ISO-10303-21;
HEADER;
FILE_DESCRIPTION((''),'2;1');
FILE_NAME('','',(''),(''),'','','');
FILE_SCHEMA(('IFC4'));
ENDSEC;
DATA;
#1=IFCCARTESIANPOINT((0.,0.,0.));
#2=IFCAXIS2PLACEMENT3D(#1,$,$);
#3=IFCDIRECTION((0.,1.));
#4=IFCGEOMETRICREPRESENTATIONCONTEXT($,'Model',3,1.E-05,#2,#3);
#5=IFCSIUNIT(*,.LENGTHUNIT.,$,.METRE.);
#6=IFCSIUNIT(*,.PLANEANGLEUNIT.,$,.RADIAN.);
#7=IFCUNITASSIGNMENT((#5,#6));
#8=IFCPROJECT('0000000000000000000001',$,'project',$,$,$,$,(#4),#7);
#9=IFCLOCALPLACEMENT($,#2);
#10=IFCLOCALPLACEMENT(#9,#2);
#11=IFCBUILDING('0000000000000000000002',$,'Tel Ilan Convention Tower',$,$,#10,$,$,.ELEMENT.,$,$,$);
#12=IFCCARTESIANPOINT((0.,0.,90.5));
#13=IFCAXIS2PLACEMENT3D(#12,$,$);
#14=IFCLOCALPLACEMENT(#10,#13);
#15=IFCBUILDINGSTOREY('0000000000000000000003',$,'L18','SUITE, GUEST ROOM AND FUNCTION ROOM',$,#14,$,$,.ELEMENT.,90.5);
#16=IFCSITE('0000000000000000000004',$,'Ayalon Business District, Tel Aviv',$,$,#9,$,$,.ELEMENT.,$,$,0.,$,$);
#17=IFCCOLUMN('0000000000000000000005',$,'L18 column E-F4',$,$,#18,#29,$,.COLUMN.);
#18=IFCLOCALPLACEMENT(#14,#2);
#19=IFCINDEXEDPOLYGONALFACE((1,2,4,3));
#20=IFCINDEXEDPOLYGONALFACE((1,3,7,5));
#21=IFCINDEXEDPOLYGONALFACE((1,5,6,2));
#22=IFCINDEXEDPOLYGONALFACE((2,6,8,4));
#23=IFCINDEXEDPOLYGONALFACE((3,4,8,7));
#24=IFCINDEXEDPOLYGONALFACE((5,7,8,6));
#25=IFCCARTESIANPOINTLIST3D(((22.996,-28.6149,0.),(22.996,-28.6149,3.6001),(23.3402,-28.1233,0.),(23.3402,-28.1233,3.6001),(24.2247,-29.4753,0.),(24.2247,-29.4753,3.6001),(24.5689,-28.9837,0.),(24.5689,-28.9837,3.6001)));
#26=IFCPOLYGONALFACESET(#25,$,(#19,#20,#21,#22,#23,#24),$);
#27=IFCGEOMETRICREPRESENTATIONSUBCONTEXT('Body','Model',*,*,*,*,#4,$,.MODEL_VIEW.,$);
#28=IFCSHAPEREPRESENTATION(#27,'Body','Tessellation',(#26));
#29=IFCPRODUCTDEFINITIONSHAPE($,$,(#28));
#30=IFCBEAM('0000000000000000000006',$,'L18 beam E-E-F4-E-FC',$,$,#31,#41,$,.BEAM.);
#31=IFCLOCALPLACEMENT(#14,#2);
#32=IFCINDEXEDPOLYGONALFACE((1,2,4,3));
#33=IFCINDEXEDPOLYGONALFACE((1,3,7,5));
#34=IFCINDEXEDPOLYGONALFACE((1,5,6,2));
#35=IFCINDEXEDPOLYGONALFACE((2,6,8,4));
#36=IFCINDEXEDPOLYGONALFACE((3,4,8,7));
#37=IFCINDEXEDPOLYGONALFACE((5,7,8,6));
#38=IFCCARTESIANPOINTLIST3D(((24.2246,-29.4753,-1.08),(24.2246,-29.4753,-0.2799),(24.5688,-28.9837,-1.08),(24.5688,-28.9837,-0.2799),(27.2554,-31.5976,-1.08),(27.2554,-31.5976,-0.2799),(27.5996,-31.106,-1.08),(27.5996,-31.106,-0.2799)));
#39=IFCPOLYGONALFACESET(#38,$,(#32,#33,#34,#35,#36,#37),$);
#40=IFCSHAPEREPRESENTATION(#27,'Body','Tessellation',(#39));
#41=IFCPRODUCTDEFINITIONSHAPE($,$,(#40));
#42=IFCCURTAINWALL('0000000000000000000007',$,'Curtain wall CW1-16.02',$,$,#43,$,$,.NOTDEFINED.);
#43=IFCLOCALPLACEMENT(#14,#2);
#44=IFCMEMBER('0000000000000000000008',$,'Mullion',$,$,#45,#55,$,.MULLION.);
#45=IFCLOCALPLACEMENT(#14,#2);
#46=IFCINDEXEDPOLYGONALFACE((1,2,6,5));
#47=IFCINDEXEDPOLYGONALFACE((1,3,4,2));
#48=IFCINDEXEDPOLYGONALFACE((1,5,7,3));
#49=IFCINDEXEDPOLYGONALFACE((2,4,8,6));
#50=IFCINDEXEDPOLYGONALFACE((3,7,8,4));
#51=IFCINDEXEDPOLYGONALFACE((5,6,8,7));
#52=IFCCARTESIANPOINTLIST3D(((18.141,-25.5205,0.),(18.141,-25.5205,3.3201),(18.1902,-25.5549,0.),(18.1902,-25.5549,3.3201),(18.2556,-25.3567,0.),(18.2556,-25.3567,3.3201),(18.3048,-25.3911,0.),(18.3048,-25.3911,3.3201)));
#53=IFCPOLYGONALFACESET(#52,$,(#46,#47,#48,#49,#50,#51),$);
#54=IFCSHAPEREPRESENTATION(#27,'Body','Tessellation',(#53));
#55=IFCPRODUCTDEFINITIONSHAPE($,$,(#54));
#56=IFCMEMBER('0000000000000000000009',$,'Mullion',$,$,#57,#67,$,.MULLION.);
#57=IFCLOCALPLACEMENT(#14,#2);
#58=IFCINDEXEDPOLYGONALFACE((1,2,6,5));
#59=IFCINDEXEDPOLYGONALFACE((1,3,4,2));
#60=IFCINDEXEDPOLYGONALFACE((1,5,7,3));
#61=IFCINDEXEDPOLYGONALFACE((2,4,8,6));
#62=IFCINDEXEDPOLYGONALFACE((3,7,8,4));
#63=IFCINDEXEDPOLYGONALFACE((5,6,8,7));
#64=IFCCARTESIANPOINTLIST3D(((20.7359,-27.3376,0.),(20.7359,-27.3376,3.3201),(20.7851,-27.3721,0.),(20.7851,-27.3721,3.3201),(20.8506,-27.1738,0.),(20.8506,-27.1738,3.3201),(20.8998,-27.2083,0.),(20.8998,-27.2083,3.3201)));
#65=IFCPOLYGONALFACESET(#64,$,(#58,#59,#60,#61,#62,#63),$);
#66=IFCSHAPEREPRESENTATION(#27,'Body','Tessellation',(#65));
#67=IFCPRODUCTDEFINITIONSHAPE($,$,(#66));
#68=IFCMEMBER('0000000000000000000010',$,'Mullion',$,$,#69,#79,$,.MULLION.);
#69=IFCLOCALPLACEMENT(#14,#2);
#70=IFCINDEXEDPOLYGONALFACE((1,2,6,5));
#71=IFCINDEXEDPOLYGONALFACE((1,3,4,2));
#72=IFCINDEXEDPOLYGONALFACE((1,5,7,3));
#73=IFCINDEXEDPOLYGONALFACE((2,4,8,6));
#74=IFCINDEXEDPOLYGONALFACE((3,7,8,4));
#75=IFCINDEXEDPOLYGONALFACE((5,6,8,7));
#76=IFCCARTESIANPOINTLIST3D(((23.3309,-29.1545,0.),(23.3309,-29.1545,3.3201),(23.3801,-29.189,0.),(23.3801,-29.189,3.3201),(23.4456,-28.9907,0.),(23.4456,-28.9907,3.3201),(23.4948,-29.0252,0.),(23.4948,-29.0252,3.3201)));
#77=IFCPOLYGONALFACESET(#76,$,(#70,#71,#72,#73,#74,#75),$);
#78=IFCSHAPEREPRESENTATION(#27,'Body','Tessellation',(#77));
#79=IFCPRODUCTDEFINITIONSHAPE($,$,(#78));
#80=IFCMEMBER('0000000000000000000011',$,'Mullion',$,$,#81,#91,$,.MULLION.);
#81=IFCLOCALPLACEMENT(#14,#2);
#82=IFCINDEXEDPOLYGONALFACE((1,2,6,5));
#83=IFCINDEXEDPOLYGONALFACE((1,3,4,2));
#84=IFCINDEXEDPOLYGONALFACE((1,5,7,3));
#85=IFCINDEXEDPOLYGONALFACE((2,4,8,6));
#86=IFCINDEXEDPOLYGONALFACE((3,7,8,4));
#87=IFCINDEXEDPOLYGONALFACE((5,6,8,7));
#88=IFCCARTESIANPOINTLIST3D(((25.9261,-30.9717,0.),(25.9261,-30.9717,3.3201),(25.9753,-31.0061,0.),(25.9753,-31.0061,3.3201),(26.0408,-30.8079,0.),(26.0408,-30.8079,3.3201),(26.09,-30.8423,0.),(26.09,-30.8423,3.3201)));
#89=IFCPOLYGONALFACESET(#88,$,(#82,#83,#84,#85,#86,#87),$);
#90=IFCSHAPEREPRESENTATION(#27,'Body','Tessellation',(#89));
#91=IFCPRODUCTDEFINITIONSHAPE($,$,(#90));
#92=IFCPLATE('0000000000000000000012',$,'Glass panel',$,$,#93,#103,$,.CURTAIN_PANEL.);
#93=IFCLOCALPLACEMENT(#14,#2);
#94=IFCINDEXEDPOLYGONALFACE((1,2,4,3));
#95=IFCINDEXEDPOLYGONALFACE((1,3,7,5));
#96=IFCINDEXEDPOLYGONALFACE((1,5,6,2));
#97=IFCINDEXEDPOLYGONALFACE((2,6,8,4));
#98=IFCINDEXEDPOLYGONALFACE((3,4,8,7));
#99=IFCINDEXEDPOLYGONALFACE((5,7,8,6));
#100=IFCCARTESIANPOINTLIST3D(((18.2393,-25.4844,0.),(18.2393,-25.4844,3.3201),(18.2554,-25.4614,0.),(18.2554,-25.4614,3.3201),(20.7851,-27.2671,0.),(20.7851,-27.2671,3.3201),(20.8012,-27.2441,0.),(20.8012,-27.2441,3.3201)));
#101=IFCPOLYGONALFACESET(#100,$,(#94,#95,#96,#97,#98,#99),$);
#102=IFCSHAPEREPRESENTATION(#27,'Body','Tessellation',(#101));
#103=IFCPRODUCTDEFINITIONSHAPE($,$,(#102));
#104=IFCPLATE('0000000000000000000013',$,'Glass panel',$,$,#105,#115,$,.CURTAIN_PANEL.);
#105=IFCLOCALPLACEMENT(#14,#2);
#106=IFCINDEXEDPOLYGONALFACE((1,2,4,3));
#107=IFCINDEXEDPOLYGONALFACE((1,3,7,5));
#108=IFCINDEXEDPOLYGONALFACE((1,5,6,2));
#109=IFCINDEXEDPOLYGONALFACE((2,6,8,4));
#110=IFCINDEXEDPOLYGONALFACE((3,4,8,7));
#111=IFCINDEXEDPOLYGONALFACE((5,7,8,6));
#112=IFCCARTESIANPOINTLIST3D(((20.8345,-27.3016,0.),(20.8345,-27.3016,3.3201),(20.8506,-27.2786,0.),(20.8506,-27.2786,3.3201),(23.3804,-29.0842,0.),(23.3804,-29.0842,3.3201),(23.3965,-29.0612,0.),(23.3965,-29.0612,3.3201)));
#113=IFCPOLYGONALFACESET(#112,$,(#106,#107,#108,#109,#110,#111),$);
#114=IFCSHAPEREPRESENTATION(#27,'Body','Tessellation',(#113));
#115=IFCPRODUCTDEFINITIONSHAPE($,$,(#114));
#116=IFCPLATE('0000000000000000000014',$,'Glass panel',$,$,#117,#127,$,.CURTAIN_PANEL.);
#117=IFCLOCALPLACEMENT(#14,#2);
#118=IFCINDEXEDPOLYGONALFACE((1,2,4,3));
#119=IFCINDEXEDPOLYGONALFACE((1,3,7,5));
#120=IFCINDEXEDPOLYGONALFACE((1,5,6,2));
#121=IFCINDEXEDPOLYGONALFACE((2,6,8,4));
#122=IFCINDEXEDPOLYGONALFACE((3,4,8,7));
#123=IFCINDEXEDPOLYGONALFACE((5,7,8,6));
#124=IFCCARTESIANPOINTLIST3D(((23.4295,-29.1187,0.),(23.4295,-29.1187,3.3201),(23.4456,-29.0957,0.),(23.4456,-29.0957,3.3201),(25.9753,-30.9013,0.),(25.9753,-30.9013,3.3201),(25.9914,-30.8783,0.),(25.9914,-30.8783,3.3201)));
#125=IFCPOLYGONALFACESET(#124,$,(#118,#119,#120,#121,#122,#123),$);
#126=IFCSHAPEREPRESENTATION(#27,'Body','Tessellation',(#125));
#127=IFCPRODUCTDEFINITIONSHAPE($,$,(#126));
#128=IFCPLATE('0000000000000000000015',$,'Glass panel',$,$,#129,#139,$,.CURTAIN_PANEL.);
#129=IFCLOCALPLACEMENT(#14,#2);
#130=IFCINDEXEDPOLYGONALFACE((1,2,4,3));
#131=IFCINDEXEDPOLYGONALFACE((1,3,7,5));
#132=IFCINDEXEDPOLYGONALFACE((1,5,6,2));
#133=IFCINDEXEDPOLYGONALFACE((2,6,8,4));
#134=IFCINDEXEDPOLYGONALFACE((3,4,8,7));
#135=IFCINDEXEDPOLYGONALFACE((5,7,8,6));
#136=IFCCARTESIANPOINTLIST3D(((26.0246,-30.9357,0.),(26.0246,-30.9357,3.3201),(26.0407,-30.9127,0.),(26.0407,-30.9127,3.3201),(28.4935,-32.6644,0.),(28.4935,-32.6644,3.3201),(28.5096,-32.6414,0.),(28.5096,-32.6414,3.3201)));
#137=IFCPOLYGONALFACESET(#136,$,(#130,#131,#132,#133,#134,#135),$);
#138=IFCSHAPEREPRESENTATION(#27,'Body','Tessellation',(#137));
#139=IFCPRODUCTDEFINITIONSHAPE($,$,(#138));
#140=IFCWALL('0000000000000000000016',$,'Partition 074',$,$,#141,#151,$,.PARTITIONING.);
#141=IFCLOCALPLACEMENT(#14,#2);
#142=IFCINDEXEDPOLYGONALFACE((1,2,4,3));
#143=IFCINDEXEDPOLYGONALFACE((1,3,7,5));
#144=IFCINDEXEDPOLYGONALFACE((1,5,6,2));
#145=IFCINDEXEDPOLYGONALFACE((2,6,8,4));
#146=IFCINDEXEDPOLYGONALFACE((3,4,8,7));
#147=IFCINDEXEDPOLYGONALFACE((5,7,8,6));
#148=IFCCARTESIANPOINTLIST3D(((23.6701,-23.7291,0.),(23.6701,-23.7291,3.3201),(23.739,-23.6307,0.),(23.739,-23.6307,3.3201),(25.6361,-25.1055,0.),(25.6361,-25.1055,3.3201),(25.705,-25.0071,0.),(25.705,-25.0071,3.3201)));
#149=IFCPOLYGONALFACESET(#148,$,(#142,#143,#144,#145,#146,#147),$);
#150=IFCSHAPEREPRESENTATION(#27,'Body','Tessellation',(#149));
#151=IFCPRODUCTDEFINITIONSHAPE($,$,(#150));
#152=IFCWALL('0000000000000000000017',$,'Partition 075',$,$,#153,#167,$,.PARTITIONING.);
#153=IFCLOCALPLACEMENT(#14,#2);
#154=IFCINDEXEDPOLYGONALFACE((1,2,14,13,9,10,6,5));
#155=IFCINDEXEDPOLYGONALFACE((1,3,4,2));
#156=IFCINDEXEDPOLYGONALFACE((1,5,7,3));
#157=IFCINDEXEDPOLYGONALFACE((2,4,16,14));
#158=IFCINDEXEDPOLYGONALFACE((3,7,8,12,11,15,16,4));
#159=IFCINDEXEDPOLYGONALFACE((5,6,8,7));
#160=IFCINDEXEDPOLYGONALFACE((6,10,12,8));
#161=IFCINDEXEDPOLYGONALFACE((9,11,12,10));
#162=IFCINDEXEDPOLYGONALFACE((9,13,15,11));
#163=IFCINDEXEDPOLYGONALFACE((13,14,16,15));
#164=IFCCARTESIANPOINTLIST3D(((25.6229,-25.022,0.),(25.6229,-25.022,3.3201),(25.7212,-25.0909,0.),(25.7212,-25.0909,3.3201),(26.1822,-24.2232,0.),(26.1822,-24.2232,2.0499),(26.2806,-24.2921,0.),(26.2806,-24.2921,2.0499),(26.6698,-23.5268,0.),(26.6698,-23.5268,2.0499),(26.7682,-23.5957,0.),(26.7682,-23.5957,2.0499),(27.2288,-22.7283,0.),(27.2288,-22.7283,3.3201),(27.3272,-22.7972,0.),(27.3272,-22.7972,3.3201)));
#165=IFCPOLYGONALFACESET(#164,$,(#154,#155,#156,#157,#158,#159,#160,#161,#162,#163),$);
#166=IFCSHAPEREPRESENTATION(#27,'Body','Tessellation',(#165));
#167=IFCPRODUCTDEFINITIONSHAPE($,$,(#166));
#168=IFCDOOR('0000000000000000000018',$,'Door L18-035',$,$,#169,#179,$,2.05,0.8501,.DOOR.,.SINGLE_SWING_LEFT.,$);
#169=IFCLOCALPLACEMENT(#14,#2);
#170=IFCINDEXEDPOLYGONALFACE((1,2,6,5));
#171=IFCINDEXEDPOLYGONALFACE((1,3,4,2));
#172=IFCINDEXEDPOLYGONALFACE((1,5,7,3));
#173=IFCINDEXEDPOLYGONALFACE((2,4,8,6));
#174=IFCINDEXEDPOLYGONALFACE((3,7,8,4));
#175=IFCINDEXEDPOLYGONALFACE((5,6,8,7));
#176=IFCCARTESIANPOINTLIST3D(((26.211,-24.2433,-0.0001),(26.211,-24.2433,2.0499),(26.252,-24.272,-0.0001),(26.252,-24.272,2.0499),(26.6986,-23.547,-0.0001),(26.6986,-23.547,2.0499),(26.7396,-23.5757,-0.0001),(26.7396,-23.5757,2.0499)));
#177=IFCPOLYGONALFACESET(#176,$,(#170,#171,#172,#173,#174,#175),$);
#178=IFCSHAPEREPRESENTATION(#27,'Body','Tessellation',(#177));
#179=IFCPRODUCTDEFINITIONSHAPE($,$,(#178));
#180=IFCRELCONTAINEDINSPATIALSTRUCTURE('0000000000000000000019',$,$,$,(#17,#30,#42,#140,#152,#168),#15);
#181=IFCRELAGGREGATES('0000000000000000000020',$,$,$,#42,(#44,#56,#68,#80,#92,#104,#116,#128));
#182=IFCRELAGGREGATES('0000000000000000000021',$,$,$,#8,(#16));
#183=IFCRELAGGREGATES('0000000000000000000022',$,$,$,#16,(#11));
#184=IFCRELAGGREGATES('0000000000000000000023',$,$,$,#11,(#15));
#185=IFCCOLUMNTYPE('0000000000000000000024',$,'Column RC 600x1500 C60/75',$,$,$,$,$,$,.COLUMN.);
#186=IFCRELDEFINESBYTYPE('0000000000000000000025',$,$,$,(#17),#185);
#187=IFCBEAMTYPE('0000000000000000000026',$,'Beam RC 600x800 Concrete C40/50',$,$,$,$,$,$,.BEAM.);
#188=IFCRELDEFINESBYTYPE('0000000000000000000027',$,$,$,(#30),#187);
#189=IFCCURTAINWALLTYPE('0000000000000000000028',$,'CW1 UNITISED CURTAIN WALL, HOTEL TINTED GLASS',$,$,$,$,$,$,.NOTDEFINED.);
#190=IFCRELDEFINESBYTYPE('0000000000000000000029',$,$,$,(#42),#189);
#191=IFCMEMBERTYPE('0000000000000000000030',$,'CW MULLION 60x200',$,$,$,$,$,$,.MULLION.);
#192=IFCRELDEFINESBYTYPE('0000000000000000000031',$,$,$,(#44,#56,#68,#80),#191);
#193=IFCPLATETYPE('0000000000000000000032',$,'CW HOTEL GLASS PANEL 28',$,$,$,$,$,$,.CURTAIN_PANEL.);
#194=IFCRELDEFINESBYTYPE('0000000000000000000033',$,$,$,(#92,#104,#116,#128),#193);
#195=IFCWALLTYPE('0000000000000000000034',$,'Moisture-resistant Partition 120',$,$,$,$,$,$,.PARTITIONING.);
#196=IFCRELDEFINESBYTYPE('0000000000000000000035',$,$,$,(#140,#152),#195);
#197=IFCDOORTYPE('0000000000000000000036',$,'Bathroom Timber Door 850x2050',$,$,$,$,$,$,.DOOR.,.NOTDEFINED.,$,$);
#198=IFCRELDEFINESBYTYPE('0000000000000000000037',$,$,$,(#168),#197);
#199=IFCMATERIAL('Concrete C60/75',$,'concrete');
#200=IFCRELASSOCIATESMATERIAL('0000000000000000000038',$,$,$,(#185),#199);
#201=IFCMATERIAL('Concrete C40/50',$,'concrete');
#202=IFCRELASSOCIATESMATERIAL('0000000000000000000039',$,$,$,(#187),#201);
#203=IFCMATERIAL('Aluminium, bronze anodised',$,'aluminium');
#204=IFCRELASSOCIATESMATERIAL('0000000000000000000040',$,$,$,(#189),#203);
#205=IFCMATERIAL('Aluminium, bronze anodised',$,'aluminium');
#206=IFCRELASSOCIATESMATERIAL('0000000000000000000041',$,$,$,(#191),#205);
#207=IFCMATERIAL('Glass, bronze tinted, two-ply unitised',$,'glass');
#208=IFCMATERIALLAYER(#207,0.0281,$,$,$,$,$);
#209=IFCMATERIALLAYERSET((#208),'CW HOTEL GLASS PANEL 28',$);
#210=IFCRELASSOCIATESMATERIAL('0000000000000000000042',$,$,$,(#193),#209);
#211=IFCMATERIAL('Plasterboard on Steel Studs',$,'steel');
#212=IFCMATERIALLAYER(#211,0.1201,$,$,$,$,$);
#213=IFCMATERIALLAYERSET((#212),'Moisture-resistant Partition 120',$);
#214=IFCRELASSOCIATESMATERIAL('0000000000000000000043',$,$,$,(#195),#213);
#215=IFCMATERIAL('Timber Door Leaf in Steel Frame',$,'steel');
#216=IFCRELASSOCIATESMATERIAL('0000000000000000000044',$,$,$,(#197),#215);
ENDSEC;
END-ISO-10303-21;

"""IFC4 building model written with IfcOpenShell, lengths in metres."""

from ifc_helpers import new_model, si_unit, direction, frame, frame_2d, origin, origin_2d, place, context, subcontext, project, spatial, rectangle, extrude, material, layer, layer_set, material_profile, profile_set, type_object, element, fill, aggregate, save


model = new_model("IFC4")

# Units and contexts
model_context = context("Model", 3, precision=1e-05, world=origin(), true_north=direction((0.0, 1.0)))
body_context = subcontext(model_context, "Body", "Model", "MODEL_VIEW")
ifc_project = project(units=[si_unit("LENGTHUNIT", "METRE"), si_unit("PLANEANGLEUNIT", "RADIAN")], contexts=[model_context])

# Site, building, storey
site_placement = place(None, origin())
site = spatial("IfcSite", under=ifc_project, at=site_placement, Name="Ayalon Business District, Tel Aviv", CompositionType="ELEMENT", RefElevation=0.0)
building_placement = place(site_placement, origin())
building = spatial("IfcBuilding", under=site, at=building_placement, Name="Tel Ilan Convention Tower", CompositionType="ELEMENT")
storey_placement = place(building_placement, frame((0.0, 0.0, 90.5)))
storey = spatial("IfcBuildingStorey", under=building, at=storey_placement, Name="L18", Description="SUITE, GUEST ROOM AND FUNCTION ROOM", CompositionType="ELEMENT", Elevation=90.5)

# Column
ifc_material_1 = material(Name="Concrete C60/75", Category="concrete")
ifc_material_profile_1 = material_profile(ifc_material_1, rectangle(XDim=1.5, YDim=0.6001, at=origin_2d()), Name="RC 600x1500")
ifc_profile_set_1 = profile_set([ifc_material_profile_1], Name="Concrete C60/75")
column_type = type_object("IfcColumnType", Name="Column RC 600x1500 C60/75", PredefinedType="COLUMN", material=ifc_profile_set_1)
column_placement = place(storey_placement, frame((23.7825, -28.7993, 0.0), z_axis=(0.0, 0.0, 1.0), x_axis=(0.819152, -0.573576, 0.0)))
element("IfcColumn", 1, at=column_placement, inside=storey, type_object=column_type, Name="L18 column E-F4", PredefinedType="COLUMN", context=body_context, shape_type="SweptSolid", body=[
    extrude(rectangle(XDim=1.5, YDim=0.6001, at=origin_2d()), origin(), (0.0, 0.0, 1.0), 3.6001),
])

# Beam
ifc_material_2 = material(Name="Concrete C40/50", Category="concrete")
ifc_material_profile_2 = material_profile(ifc_material_2, rectangle(XDim=0.6001, YDim=0.8, at=origin_2d()), Name="RC 600x800")
ifc_profile_set_2 = profile_set([ifc_material_profile_2], Name="Concrete C40/50")
beam_type = type_object("IfcBeamType", Name="Beam RC 600x800 Concrete C40/50", PredefinedType="BEAM", material=ifc_profile_set_2)
beam_placement = place(storey_placement, frame((24.3967, -29.2295, -0.6799), z_axis=(0.819133, -0.573604, 0.0), x_axis=(0.573604, 0.819133, 0.0)))
element("IfcBeam", 2, at=beam_placement, inside=storey, type_object=beam_type, Name="L18 beam E-E-F4-E-FC", PredefinedType="BEAM", context=body_context, shape_type="SweptSolid", body=[
    extrude(rectangle(XDim=0.6001, YDim=0.8, at=origin_2d()), origin(), (0.0, 0.0, 1.0), 3.7),
])

# Curtain wall, members, plates
ifc_material_3 = material(Name="Aluminium, bronze anodised", Category="aluminium")
curtain_wall_type = type_object("IfcCurtainWallType", Name="CW1 UNITISED CURTAIN WALL, HOTEL TINTED GLASS", PredefinedType="NOTDEFINED", material=ifc_material_3)
curtain_wall_placement = place(storey_placement, origin())
curtain_wall = element("IfcCurtainWall", 3, at=curtain_wall_placement, inside=storey, type_object=curtain_wall_type, Name="Curtain wall CW1-16.02", PredefinedType="NOTDEFINED")
ifc_material_4 = material(Name="Aluminium, bronze anodised", Category="aluminium")
ifc_material_profile_3 = material_profile(ifc_material_4, rectangle(XDim=0.0601, YDim=0.2, at=origin_2d()), Name="CW MULLION 60x200")
ifc_profile_set_3 = profile_set([ifc_material_profile_3], Name="Aluminium, bronze anodised")
member_type = type_object("IfcMemberType", Name="CW MULLION 60x200", PredefinedType="MULLION", material=ifc_profile_set_3)
member_1_placement = place(storey_placement, frame((18.2229, -25.4558, 0.0), z_axis=(0.0, 0.0, 1.0), x_axis=(0.819152, -0.573576, 0.0)))
member_1 = element("IfcMember", 4, at=member_1_placement, type_object=member_type, Name="Mullion", PredefinedType="MULLION", context=body_context, shape_type="SweptSolid", body=[
    extrude(rectangle(XDim=0.0601, YDim=0.2, at=origin_2d()), origin(), (0.0, 0.0, 1.0), 3.3201),
])
member_2_placement = place(storey_placement, frame((20.8179, -27.2729, 0.0), z_axis=(0.0, 0.0, 1.0), x_axis=(0.819152, -0.573576, 0.0)))
member_2 = element("IfcMember", 5, at=member_2_placement, type_object=member_type, Name="Mullion", PredefinedType="MULLION", context=body_context, shape_type="SweptSolid", body=[
    extrude(rectangle(XDim=0.0601, YDim=0.2, at=origin_2d()), origin(), (0.0, 0.0, 1.0), 3.3201),
])
member_3_placement = place(storey_placement, frame((23.4128, -29.0898, 0.0), z_axis=(0.0, 0.0, 1.0), x_axis=(0.819152, -0.573576, 0.0)))
member_3 = element("IfcMember", 6, at=member_3_placement, type_object=member_type, Name="Mullion", PredefinedType="MULLION", context=body_context, shape_type="SweptSolid", body=[
    extrude(rectangle(XDim=0.0601, YDim=0.2, at=origin_2d()), origin(), (0.0, 0.0, 1.0), 3.3201),
])
member_4_placement = place(storey_placement, frame((26.0081, -30.907, 0.0), z_axis=(0.0, 0.0, 1.0), x_axis=(0.819152, -0.573576, 0.0)))
member_4 = element("IfcMember", 7, at=member_4_placement, type_object=member_type, Name="Mullion", PredefinedType="MULLION", context=body_context, shape_type="SweptSolid", body=[
    extrude(rectangle(XDim=0.0601, YDim=0.2, at=origin_2d()), origin(), (0.0, 0.0, 1.0), 3.3201),
])
ifc_material_5 = material(Name="Glass, bronze tinted, two-ply unitised", Category="glass")
ifc_layer_1 = layer(ifc_material_5, 0.0281)
ifc_layer_set_1 = layer_set([ifc_layer_1], Name="CW HOTEL GLASS PANEL 28")
plate_type = type_object("IfcPlateType", Name="CW HOTEL GLASS PANEL 28", PredefinedType="CURTAIN_PANEL", material=ifc_layer_set_1)
plate_1_placement = place(storey_placement, frame((19.5203, -26.3643, 0.0), z_axis=(0.0, 0.0, 1.0), x_axis=(0.819152, -0.573576, 0.0)))
plate_1 = element("IfcPlate", 8, at=plate_1_placement, type_object=plate_type, Name="Glass panel", PredefinedType="CURTAIN_PANEL", context=body_context, shape_type="SweptSolid", body=[
    extrude(rectangle(XDim=3.1079, YDim=0.0281, at=origin_2d()), origin(), (0.0, 0.0, 1.0), 3.3201),
])
plate_2_placement = place(storey_placement, frame((22.1155, -28.1814, 0.0), z_axis=(0.0, 0.0, 1.0), x_axis=(0.819152, -0.573576, 0.0)))
plate_2 = element("IfcPlate", 9, at=plate_2_placement, type_object=plate_type, Name="Glass panel", PredefinedType="CURTAIN_PANEL", context=body_context, shape_type="SweptSolid", body=[
    extrude(rectangle(XDim=3.1079, YDim=0.0281, at=origin_2d()), origin(), (0.0, 0.0, 1.0), 3.3201),
])
plate_3_placement = place(storey_placement, frame((24.7104, -29.9985, 0.0), z_axis=(0.0, 0.0, 1.0), x_axis=(0.819152, -0.573576, 0.0)))
plate_3 = element("IfcPlate", 10, at=plate_3_placement, type_object=plate_type, Name="Glass panel", PredefinedType="CURTAIN_PANEL", context=body_context, shape_type="SweptSolid", body=[
    extrude(rectangle(XDim=3.1079, YDim=0.0281, at=origin_2d()), origin(), (0.0, 0.0, 1.0), 3.3201),
])
plate_4_placement = place(storey_placement, frame((27.2671, -31.7886, 0.0), z_axis=(0.0, 0.0, 1.0), x_axis=(0.819152, -0.573576, 0.0)))
plate_4 = element("IfcPlate", 11, at=plate_4_placement, type_object=plate_type, Name="Glass panel", PredefinedType="CURTAIN_PANEL", context=body_context, shape_type="SweptSolid", body=[
    extrude(rectangle(XDim=3.0139, YDim=0.0281, at=origin_2d()), origin(), (0.0, 0.0, 1.0), 3.3201),
])
aggregate(curtain_wall, [member_1, member_2, member_3, member_4, plate_1, plate_2, plate_3, plate_4])

# Wall
ifc_material_6 = material(Name="Plasterboard on Steel Studs", Category="steel")
ifc_layer_2 = layer(ifc_material_6, 0.1201)
ifc_layer_set_2 = layer_set([ifc_layer_2], Name="Moisture-resistant Partition 120")
wall_type = type_object("IfcWallType", Name="Moisture-resistant Partition 120", PredefinedType="PARTITIONING", material=ifc_layer_set_2)
wall_1_placement = place(storey_placement, frame((23.7046, -23.6799, 0.0), z_axis=(0.0, 0.0, 1.0), x_axis=(0.819189, -0.573524, 0.0)))
element("IfcWall", 12, at=wall_1_placement, inside=storey, type_object=wall_type, Name="Partition 074", PredefinedType="PARTITIONING", context=body_context, shape_type="SweptSolid", body=[
    extrude(rectangle(XDim=2.3999, YDim=0.1201, at=frame_2d((1.2, 0.0))), origin(), (0.0, 0.0, 1.0), 3.3201),
])

# Wall, opening, door
wall_2_placement = place(storey_placement, frame((25.6721, -25.0564, 0.0), z_axis=(0.0, 0.0, 1.0), x_axis=(0.57355, 0.81917, 0.0)))
wall_2 = element("IfcWall", 13, at=wall_2_placement, inside=storey, type_object=wall_type, Name="Partition 075", PredefinedType="PARTITIONING", context=body_context, shape_type="SweptSolid", body=[
    extrude(rectangle(XDim=2.8, YDim=0.1201, at=frame_2d((1.3999, 0.0))), origin(), (0.0, 0.0, 1.0), 3.3201),
])
opening_placement = place(wall_2_placement, frame((0.9751, 0.0, 0.0)))
opening = element("IfcOpeningElement", 14, at=opening_placement, cuts=wall_2, PredefinedType="OPENING", context=body_context, shape_type="SweptSolid", body=[
    extrude(rectangle(XDim=0.8501, YDim=2.05, at=frame_2d((0.425, 1.0249))), frame((0.0, 0.0701, 0.0), z_axis=(0.0, -1.0, 0.0), x_axis=(1.0, 0.0, 0.0)), (0.0, 0.0, 1.0), 0.1401),
])
ifc_material_7 = material(Name="Timber Door Leaf in Steel Frame", Category="steel")
door_type = type_object("IfcDoorType", Name="Bathroom Timber Door 850x2050", OperationType="NOTDEFINED", PredefinedType="DOOR", material=ifc_material_7)
door_placement = place(opening_placement, origin())
door = element("IfcDoor", 15, at=door_placement, inside=storey, type_object=door_type, Name="Door L18-035", OperationType="SINGLE_SWING_LEFT", OverallHeight=2.05, OverallWidth=0.8501, PredefinedType="DOOR", context=body_context, shape_type="SweptSolid", body=[
    extrude(rectangle(XDim=0.8501, YDim=2.05, at=frame_2d((0.425, 1.0249))), frame((0.0, 0.0249, 0.0), z_axis=(0.0, -1.0, 0.0), x_axis=(1.0, 0.0, 0.0)), (0.0, 0.0, 1.0), 0.05),
])
fill(opening, door)

save(model, "model.ifc")
